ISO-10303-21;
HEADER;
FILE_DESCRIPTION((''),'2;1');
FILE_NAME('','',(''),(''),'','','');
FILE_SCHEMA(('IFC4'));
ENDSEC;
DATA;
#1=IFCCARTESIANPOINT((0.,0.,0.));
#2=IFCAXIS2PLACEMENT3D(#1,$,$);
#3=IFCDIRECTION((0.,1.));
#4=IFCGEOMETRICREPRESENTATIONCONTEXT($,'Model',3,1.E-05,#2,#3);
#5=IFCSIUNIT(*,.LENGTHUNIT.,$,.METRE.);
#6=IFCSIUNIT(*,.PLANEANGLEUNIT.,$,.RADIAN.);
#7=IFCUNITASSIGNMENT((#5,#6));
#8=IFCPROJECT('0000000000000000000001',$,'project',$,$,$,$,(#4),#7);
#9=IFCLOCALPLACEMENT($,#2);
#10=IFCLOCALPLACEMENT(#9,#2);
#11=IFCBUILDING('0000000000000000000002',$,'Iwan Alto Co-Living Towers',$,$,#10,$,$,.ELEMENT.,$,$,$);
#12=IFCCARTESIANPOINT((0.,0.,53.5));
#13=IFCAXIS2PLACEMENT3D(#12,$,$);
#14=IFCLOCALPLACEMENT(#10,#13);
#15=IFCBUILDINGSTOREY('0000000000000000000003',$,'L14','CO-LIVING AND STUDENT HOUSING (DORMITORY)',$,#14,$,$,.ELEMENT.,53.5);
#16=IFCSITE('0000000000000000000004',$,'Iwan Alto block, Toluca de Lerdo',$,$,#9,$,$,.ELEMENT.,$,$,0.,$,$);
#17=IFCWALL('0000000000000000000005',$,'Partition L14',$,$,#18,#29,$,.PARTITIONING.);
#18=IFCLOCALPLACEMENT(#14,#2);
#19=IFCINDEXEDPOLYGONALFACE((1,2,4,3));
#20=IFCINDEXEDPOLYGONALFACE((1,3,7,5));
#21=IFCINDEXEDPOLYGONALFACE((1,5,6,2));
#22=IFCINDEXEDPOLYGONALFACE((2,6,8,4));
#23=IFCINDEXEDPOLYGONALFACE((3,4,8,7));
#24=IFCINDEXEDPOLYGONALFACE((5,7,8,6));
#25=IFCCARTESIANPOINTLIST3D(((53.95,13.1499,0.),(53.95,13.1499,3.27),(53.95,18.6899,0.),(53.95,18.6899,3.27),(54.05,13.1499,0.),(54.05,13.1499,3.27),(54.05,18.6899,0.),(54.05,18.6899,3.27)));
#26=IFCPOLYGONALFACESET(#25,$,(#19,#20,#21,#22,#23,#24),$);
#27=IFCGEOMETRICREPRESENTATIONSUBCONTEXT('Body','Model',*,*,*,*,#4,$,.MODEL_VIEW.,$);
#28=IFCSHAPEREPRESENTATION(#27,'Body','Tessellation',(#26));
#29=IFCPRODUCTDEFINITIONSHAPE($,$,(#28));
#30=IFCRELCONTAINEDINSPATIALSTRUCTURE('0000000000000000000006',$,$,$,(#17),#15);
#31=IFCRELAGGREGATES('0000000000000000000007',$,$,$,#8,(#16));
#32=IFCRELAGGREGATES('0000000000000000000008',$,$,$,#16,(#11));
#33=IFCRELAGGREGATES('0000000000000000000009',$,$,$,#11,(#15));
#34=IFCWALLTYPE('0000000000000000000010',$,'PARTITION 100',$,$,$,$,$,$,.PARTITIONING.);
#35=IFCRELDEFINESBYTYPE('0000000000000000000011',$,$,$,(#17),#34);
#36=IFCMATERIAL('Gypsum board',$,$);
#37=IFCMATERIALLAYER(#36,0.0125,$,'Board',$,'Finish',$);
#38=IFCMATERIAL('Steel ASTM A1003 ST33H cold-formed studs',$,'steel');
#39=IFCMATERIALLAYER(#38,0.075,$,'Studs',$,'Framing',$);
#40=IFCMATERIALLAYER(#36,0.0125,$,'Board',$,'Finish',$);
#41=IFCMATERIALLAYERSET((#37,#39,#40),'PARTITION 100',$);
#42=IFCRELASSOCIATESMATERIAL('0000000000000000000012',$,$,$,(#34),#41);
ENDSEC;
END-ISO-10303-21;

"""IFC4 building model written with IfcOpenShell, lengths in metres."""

from ifc_helpers import new_model, si_unit, direction, frame, frame_2d, origin, place, context, subcontext, project, spatial, rectangle, extrude, material, layer, layer_set, type_object, element, save


model = new_model("IFC4")

# Units and contexts
model_context = context("Model", 3, precision=1e-05, world=origin(), true_north=direction((0.0, 1.0)))
body_context = subcontext(model_context, "Body", "Model", "MODEL_VIEW")
ifc_project = project(units=[si_unit("LENGTHUNIT", "METRE"), si_unit("PLANEANGLEUNIT", "RADIAN")], contexts=[model_context])

# Site, building, storey
site_placement = place(None, origin())
site = spatial("IfcSite", under=ifc_project, at=site_placement, Name="Iwan Alto block, Toluca de Lerdo", CompositionType="ELEMENT", RefElevation=0.0)
building_placement = place(site_placement, origin())
building = spatial("IfcBuilding", under=site, at=building_placement, Name="Iwan Alto Co-Living Towers", CompositionType="ELEMENT")
storey_placement = place(building_placement, frame((0.0, 0.0, 53.5)))
storey = spatial("IfcBuildingStorey", under=building, at=storey_placement, Name="L14", Description="CO-LIVING AND STUDENT HOUSING (DORMITORY)", CompositionType="ELEMENT", Elevation=53.5)

# Wall
ifc_material_1 = material(Name="Gypsum board")
ifc_layer_1 = layer(ifc_material_1, 0.0125, Name="Board", Category="Finish")
ifc_material_2 = material(Name="Steel ASTM A1003 ST33H cold-formed studs", Category="steel")
ifc_layer_2 = layer(ifc_material_2, 0.075, Name="Studs", Category="Framing")
ifc_layer_3 = layer(ifc_material_1, 0.0125, Name="Board", Category="Finish")
ifc_layer_set_1 = layer_set([ifc_layer_1, ifc_layer_2, ifc_layer_3], Name="PARTITION 100")
wall_type = type_object("IfcWallType", Name="PARTITION 100", PredefinedType="PARTITIONING", material=ifc_layer_set_1)
wall_placement = place(storey_placement, frame((54.0, 13.1499, 0.0), z_axis=(0.0, 0.0, 1.0), x_axis=(0.0, 1.0, 0.0)))
element("IfcWall", 1, at=wall_placement, inside=storey, type_object=wall_type, Name="Partition L14", PredefinedType="PARTITIONING", context=body_context, shape_type="SweptSolid", body=[
    extrude(rectangle(XDim=5.54, YDim=0.1001, at=frame_2d((2.77, 0.0))), origin(), (0.0, 0.0, 1.0), 3.27),
])

save(model, "model.ifc")
